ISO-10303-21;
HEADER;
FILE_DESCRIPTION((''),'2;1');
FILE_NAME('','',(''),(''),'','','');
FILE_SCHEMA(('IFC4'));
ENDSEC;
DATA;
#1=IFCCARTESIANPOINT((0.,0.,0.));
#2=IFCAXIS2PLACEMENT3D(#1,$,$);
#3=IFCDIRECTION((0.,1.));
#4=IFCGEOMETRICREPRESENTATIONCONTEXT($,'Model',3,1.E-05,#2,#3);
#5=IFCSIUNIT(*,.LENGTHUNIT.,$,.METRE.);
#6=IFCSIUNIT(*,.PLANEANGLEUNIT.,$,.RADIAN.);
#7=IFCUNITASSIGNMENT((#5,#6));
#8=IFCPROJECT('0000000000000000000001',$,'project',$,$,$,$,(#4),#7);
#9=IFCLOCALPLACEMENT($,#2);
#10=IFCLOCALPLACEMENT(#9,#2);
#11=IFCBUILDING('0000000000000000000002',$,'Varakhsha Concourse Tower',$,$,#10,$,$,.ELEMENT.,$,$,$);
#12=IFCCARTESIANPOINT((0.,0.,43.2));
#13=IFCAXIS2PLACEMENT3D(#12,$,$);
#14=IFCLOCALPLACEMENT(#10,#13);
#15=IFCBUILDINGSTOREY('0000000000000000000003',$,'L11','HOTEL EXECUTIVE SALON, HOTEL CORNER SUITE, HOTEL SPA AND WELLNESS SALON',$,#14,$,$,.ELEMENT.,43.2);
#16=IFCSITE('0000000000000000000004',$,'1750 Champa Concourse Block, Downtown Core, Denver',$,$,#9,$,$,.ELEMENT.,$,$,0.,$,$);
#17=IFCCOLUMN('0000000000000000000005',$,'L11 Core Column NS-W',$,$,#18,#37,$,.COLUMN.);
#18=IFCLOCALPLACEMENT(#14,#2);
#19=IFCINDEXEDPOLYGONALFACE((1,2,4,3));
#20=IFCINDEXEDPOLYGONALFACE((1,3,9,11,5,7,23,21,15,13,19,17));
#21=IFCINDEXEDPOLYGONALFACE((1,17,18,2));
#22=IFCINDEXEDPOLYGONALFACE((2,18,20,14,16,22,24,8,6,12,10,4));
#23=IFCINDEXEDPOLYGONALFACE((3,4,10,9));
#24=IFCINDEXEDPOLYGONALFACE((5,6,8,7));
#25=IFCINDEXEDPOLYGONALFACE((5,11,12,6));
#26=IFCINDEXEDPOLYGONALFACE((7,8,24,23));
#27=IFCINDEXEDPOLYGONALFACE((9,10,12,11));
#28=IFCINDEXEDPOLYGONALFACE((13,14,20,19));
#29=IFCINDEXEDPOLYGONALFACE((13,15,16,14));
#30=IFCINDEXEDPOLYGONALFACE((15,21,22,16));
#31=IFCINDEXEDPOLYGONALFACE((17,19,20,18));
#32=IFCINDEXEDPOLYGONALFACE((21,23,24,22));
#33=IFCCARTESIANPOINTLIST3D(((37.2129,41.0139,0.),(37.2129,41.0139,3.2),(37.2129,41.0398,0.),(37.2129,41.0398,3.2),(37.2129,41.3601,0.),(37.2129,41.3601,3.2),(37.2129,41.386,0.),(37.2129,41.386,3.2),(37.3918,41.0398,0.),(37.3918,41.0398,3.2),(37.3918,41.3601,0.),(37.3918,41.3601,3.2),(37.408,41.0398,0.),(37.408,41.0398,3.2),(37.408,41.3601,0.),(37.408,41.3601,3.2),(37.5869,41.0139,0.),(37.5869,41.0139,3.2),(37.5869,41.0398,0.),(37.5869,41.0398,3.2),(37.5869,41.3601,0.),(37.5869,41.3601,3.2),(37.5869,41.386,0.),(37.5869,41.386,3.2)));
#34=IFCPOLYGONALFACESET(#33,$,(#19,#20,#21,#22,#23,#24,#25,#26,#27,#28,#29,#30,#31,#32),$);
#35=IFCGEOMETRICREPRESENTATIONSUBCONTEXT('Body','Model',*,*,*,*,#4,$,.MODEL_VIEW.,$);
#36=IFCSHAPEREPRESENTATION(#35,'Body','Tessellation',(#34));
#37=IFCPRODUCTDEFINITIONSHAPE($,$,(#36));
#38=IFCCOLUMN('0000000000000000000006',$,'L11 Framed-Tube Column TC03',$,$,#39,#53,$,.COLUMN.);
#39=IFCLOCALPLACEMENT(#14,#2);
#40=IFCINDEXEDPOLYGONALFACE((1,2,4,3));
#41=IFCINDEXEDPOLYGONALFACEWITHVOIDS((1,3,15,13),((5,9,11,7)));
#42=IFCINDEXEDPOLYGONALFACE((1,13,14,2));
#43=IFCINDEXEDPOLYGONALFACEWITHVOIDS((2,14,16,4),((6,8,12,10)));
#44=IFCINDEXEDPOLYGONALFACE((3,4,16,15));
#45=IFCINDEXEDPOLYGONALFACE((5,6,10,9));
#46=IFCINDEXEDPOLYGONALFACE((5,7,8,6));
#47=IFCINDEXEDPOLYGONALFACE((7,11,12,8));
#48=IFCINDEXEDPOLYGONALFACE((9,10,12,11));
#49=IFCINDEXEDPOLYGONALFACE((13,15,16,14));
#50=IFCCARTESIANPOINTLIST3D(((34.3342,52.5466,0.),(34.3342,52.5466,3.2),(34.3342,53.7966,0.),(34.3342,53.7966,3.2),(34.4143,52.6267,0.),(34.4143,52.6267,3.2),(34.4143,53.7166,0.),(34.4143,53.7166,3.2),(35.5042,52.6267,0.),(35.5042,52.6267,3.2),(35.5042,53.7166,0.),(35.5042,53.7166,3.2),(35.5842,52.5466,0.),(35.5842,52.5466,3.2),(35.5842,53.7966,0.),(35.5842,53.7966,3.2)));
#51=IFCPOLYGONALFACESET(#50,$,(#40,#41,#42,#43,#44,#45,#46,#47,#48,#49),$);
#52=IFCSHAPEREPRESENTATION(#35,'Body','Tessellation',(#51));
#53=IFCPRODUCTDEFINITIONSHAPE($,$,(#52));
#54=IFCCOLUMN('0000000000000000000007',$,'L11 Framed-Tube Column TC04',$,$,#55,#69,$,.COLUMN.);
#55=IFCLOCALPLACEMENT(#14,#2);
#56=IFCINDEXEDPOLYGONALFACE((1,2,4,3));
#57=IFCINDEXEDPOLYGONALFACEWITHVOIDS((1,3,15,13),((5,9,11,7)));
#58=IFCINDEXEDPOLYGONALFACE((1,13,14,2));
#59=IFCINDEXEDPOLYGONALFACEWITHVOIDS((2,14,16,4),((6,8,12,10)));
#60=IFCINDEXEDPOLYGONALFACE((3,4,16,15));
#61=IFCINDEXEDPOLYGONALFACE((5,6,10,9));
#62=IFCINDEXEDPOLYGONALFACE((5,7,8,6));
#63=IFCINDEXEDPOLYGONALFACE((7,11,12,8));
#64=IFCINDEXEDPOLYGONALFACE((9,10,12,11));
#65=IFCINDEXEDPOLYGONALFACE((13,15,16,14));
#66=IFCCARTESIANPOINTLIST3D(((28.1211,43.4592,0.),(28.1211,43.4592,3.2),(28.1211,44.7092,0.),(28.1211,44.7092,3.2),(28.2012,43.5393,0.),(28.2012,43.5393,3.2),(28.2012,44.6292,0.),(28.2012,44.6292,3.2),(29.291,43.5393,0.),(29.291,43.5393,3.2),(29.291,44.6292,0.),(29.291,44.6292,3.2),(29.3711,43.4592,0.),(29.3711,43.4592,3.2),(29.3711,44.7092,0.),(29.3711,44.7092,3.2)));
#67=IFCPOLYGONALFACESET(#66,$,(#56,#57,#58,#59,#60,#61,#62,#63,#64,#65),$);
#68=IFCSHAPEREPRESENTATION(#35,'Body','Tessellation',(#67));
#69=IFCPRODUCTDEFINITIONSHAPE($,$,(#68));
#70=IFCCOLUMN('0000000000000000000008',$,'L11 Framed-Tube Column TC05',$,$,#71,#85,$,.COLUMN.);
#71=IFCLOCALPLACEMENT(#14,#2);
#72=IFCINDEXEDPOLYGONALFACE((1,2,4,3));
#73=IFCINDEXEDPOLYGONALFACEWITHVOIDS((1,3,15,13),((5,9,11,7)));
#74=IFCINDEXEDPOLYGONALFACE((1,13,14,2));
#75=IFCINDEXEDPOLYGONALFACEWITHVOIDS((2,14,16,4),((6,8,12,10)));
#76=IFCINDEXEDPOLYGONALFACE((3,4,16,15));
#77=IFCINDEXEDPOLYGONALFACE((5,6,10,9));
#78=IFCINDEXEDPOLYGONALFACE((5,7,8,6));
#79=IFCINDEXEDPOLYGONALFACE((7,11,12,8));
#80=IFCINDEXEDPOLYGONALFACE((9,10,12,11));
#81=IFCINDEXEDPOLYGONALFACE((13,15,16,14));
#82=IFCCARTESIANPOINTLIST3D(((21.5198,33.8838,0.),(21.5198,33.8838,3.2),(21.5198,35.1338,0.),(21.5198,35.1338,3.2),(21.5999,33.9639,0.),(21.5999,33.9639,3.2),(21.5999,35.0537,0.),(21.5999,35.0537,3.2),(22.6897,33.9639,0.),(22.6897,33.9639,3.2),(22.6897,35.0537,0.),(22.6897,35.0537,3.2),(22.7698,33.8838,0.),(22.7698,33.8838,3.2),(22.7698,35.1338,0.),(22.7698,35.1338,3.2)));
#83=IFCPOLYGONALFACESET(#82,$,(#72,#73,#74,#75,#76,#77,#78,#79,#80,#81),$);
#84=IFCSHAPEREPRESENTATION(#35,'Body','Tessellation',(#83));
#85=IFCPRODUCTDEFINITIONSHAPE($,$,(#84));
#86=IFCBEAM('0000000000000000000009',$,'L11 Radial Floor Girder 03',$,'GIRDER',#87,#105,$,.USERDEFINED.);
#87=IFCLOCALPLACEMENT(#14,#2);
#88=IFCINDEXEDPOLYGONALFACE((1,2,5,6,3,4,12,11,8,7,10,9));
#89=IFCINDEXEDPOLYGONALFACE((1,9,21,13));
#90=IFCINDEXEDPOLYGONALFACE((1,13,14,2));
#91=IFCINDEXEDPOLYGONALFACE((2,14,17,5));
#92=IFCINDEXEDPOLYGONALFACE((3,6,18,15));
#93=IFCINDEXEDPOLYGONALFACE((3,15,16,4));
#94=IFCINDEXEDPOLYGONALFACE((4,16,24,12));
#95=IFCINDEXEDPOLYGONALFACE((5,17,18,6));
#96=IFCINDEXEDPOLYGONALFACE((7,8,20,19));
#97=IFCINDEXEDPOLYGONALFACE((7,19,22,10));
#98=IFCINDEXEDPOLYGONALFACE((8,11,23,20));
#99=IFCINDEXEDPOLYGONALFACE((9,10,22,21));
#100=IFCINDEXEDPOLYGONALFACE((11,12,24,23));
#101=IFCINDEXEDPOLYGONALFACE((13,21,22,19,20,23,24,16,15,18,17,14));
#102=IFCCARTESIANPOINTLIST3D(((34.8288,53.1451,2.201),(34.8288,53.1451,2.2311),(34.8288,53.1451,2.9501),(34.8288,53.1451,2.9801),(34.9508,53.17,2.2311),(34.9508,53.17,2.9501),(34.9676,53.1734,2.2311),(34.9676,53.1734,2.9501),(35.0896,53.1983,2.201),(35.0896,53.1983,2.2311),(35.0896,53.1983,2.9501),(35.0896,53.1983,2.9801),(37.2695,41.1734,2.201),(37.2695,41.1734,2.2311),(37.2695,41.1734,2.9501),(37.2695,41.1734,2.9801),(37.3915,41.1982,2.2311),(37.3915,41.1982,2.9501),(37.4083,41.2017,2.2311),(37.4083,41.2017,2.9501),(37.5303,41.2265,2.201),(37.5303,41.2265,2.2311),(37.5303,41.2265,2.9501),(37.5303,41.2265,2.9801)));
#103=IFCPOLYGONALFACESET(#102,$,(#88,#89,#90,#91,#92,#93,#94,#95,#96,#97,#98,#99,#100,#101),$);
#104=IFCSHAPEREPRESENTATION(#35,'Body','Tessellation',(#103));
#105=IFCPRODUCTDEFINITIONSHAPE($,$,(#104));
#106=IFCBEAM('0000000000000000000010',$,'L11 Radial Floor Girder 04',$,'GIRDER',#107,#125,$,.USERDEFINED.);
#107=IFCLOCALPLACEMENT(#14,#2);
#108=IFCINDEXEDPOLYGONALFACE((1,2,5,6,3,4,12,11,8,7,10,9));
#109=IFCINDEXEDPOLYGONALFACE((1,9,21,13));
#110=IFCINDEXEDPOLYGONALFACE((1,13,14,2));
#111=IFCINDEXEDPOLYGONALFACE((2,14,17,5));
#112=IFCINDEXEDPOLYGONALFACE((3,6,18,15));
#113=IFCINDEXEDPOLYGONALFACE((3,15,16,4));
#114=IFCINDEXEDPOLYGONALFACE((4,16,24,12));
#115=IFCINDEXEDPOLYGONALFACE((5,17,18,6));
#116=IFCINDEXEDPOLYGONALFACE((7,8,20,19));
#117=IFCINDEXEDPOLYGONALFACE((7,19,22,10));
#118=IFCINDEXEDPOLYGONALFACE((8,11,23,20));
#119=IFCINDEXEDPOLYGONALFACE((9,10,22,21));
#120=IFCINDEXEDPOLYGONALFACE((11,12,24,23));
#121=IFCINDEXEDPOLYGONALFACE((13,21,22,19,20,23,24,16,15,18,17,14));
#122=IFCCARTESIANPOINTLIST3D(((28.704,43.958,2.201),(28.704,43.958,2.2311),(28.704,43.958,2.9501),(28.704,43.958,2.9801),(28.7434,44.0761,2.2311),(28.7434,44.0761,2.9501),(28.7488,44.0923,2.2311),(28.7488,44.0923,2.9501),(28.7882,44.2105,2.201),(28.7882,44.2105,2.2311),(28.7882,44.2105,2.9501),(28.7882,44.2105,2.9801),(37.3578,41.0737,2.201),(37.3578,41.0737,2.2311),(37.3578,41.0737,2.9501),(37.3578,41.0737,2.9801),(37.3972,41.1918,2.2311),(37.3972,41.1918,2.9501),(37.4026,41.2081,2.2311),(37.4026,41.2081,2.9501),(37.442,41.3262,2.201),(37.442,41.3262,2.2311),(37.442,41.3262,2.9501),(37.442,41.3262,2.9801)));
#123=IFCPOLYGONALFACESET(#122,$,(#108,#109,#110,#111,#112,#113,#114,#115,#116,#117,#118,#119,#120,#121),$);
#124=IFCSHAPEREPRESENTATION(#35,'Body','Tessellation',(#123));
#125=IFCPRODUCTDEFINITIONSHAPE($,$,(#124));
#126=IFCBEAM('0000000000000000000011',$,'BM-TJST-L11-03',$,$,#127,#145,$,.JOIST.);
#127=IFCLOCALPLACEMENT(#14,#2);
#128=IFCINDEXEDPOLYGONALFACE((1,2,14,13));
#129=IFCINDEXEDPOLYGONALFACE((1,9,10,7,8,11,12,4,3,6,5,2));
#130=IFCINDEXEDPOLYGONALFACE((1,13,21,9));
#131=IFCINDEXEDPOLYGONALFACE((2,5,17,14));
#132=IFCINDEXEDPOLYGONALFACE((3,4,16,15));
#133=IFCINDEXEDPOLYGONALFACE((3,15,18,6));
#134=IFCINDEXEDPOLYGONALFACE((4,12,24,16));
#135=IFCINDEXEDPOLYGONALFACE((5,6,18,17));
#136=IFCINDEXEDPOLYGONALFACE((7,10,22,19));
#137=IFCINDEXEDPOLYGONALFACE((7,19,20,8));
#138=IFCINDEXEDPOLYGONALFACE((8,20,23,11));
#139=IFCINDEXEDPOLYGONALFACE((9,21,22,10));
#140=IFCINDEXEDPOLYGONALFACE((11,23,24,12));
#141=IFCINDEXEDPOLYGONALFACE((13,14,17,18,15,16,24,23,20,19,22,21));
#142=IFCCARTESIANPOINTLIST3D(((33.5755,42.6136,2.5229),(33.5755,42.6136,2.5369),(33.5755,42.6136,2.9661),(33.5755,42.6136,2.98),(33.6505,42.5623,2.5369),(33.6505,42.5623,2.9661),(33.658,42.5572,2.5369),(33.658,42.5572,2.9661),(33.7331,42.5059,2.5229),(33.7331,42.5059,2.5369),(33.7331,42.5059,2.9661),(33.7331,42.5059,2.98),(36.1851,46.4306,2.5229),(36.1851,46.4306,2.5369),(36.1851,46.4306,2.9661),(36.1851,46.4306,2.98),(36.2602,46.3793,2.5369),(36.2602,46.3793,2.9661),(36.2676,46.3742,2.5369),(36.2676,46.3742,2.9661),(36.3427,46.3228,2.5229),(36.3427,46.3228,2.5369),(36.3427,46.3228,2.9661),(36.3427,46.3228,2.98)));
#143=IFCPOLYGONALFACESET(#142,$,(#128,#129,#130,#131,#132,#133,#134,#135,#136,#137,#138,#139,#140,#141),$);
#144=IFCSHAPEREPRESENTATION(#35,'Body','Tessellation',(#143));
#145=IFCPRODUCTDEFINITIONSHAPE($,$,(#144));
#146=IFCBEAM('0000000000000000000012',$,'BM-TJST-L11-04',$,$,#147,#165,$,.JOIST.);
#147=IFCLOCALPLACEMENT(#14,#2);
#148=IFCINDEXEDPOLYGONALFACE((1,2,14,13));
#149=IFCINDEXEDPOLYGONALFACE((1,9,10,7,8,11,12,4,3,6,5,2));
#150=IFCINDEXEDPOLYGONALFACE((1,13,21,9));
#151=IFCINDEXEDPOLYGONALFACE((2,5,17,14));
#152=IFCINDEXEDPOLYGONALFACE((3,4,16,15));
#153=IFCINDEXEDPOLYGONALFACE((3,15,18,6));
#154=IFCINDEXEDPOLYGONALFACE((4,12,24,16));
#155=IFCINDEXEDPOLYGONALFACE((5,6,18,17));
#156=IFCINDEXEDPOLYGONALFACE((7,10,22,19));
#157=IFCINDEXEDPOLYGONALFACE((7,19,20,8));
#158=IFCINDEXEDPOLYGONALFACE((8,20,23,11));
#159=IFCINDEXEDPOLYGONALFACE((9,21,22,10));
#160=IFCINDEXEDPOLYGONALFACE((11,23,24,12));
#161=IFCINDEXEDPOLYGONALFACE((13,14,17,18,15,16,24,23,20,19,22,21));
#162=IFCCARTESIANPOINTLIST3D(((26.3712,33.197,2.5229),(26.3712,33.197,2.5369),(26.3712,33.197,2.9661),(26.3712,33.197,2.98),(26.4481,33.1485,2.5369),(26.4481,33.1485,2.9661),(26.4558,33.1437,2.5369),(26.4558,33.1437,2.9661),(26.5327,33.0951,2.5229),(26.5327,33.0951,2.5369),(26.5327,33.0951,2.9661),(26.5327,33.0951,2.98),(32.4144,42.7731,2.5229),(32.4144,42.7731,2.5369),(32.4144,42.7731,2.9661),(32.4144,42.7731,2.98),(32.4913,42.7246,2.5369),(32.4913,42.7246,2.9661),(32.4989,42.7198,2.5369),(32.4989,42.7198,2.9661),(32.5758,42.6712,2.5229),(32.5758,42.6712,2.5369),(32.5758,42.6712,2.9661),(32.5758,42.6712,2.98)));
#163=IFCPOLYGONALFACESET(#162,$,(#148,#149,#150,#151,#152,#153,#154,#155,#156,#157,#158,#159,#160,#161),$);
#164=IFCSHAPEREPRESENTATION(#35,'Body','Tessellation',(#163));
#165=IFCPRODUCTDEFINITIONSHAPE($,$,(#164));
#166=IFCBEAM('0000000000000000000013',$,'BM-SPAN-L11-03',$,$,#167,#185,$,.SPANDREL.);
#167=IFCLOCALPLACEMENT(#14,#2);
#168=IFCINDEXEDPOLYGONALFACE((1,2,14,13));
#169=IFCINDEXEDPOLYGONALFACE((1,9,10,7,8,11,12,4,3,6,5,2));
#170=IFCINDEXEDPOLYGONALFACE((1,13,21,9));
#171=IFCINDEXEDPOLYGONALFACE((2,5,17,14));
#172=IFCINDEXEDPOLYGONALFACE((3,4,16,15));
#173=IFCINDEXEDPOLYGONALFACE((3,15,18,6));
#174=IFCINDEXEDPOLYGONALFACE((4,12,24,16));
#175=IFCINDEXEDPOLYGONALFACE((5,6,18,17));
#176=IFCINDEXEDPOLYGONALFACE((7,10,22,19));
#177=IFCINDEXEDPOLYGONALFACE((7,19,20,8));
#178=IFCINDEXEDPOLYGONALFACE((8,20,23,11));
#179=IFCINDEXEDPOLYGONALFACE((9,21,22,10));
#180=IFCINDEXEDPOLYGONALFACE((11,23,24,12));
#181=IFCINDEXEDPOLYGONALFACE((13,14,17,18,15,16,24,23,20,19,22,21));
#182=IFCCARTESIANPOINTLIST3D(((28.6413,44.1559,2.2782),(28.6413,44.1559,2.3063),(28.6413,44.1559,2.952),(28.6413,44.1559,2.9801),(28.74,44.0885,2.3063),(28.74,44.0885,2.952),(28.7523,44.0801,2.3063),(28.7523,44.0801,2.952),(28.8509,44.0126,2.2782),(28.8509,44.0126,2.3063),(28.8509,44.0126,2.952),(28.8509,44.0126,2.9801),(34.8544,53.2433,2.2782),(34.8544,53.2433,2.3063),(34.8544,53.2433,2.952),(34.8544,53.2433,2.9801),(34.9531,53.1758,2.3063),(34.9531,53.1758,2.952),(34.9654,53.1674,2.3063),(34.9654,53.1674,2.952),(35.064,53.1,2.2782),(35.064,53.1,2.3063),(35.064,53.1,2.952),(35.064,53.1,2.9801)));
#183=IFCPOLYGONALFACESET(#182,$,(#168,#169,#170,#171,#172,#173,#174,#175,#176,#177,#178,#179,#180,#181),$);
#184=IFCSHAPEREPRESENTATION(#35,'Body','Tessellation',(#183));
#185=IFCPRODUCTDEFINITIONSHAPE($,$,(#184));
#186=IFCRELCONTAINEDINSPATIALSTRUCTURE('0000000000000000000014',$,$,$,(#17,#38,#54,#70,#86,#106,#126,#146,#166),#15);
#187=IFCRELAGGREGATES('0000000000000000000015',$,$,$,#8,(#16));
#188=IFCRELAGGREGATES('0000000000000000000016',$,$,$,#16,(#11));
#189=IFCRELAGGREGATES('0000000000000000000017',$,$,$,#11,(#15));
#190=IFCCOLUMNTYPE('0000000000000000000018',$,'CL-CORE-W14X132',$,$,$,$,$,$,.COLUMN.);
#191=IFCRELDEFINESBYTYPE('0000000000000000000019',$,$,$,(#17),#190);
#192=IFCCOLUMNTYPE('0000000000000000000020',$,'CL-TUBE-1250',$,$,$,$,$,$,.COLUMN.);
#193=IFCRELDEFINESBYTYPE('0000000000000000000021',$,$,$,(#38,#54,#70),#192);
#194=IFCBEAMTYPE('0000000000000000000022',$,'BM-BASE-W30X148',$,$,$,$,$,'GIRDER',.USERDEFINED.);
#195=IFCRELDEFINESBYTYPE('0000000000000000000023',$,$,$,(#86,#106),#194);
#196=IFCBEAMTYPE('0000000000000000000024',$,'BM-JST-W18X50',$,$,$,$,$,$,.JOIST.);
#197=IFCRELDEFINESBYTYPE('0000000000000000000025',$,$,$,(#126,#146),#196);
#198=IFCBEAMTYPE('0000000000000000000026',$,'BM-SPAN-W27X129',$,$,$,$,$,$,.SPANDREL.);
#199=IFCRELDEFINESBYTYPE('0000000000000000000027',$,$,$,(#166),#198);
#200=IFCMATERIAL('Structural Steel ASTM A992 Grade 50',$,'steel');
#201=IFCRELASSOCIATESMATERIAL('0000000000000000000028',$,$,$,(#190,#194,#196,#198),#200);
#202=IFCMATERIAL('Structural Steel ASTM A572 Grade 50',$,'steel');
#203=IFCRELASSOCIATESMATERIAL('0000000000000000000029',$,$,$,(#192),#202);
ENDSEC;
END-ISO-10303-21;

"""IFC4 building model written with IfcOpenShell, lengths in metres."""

from ifc_helpers import new_model, si_unit, direction, frame, origin, origin_2d, place, context, subcontext, project, spatial, hollow_rectangle, i_section, extrude, material, material_profile, profile_set, type_object, element, save


model = new_model("IFC4")

# Units and contexts
model_context = context("Model", 3, precision=1e-05, world=origin(), true_north=direction((0.0, 1.0)))
body_context = subcontext(model_context, "Body", "Model", "MODEL_VIEW")
ifc_project = project(units=[si_unit("LENGTHUNIT", "METRE"), si_unit("PLANEANGLEUNIT", "RADIAN")], contexts=[model_context])

# Site, building, storey
site_placement = place(None, origin())
site = spatial("IfcSite", under=ifc_project, at=site_placement, Name="1750 Champa Concourse Block, Downtown Core, Denver", CompositionType="ELEMENT", RefElevation=0.0)
building_placement = place(site_placement, origin())
building = spatial("IfcBuilding", under=site, at=building_placement, Name="Varakhsha Concourse Tower", CompositionType="ELEMENT")
storey_placement = place(building_placement, frame((0.0, 0.0, 43.2)))
storey = spatial("IfcBuildingStorey", under=building, at=storey_placement, Name="L11", Description="HOTEL EXECUTIVE SALON, HOTEL CORNER SUITE, HOTEL SPA AND WELLNESS SALON", CompositionType="ELEMENT", Elevation=43.2)

# Columns
ifc_material_1 = material(Name="Structural Steel ASTM A992 Grade 50", Category="steel")
ifc_material_profile_1 = material_profile(ifc_material_1, i_section(OverallWidth=0.374, OverallDepth=0.3721, WebThickness=0.0161, FlangeThickness=0.0259, at=origin_2d()), Name="W14X132")
ifc_profile_set_1 = profile_set([ifc_material_profile_1], Name="Structural Steel ASTM A992 Grade 50")
column_type_1 = type_object("IfcColumnType", Name="CL-CORE-W14X132", PredefinedType="COLUMN", material=ifc_profile_set_1)
column_placement = place(storey_placement, frame((37.3999, 41.2, 0.0), z_axis=(0.0, 0.0, 1.0), x_axis=(1.0, 0.0, 0.0)))
element("IfcColumn", 1, at=column_placement, inside=storey, type_object=column_type_1, Name="L11 Core Column NS-W", PredefinedType="COLUMN", context=body_context, shape_type="SweptSolid", body=[
    extrude(i_section(OverallWidth=0.374, OverallDepth=0.3721, WebThickness=0.0161, FlangeThickness=0.0259, at=origin_2d()), origin(), (0.0, 0.0, 1.0), 3.2),
])
ifc_material_2 = material(Name="Structural Steel ASTM A572 Grade 50", Category="steel")
ifc_material_profile_2 = material_profile(ifc_material_2, hollow_rectangle(XDim=1.25, YDim=1.25, WallThickness=0.0801, at=origin_2d()), Name="BOX 1250x1250x80")
ifc_profile_set_2 = profile_set([ifc_material_profile_2], Name="Structural Steel ASTM A572 Grade 50")
column_type_2 = type_object("IfcColumnType", Name="CL-TUBE-1250", PredefinedType="COLUMN", material=ifc_profile_set_2)
for number, where, z_axis, x_axis, name in (
    (2, (34.9592, 53.1716, 0.0), (0.0, 0.0, 1.0), (1.0, 0.0, 0.0), "L11 Framed-Tube Column TC03"),
    (3, (28.7461, 44.0842, 0.0), (0.0, 0.0, 1.0), (1.0, 0.0, 0.0), "L11 Framed-Tube Column TC04"),
    (4, (22.1448, 34.5088, 0.0), (0.0, 0.0, 1.0), (1.0, 0.0, 0.0), "L11 Framed-Tube Column TC05"),
):
    element("IfcColumn", number, at=place(storey_placement, frame(where, z_axis=z_axis, x_axis=x_axis)), inside=storey, type_object=column_type_2, Name=name, PredefinedType="COLUMN", context=body_context, shape_type="SweptSolid", body=[
        extrude(hollow_rectangle(XDim=1.25, YDim=1.25, WallThickness=0.0801, at=origin_2d()), origin(), (0.0, 0.0, 1.0), 3.2),
    ])

# Beams
ifc_material_profile_3 = material_profile(ifc_material_1, i_section(OverallWidth=0.2661, OverallDepth=0.7791, WebThickness=0.0171, FlangeThickness=0.03, at=origin_2d()), Name="W30X148")
ifc_profile_set_3 = profile_set([ifc_material_profile_3], Name="Structural Steel ASTM A992 Grade 50")
beam_type_1 = type_object("IfcBeamType", Name="BM-BASE-W30X148", ElementType="GIRDER", PredefinedType="USERDEFINED", material=ifc_profile_set_3)
beam_1_placement = place(storey_placement, frame((37.3999, 41.2, 2.5906), z_axis=(-0.199762, 0.979845, 0.0), x_axis=(-0.979845, -0.199762, 0.0)))
element("IfcBeam", 5, at=beam_1_placement, inside=storey, type_object=beam_type_1, Name="L11 Radial Floor Girder 03", ObjectType="GIRDER", PredefinedType="USERDEFINED", context=body_context, shape_type="SweptSolid", body=[
    extrude(i_section(OverallWidth=0.2661, OverallDepth=0.7791, WebThickness=0.0171, FlangeThickness=0.03, at=origin_2d()), origin(), (0.0, 0.0, 1.0), 12.218),
])
beam_2_placement = place(storey_placement, frame((37.3999, 41.2, 2.5906), z_axis=(-0.948694, 0.316196, 0.0), x_axis=(-0.316196, -0.948694, 0.0)))
element("IfcBeam", 6, at=beam_2_placement, inside=storey, type_object=beam_type_1, Name="L11 Radial Floor Girder 04", ObjectType="GIRDER", PredefinedType="USERDEFINED", context=body_context, shape_type="SweptSolid", body=[
    extrude(i_section(OverallWidth=0.2661, OverallDepth=0.7791, WebThickness=0.0171, FlangeThickness=0.03, at=origin_2d()), origin(), (0.0, 0.0, 1.0), 9.1218),
])
ifc_material_profile_4 = material_profile(ifc_material_1, i_section(OverallWidth=0.1909, OverallDepth=0.457, WebThickness=0.009, FlangeThickness=0.0139, at=origin_2d()), Name="W18X50")
ifc_profile_set_4 = profile_set([ifc_material_profile_4], Name="Structural Steel ASTM A992 Grade 50")
beam_type_2 = type_object("IfcBeamType", Name="BM-JST-W18X50", PredefinedType="JOIST", material=ifc_profile_set_4)
beam_3_placement = place(storey_placement, frame((36.2639, 46.3767, 2.7515), z_axis=(-0.564398, -0.825503, 0.0), x_axis=(0.825503, -0.564398, 0.0)))
element("IfcBeam", 7, at=beam_3_placement, inside=storey, type_object=beam_type_2, Name="BM-TJST-L11-03", PredefinedType="JOIST", context=body_context, shape_type="SweptSolid", body=[
    extrude(i_section(OverallWidth=0.1909, OverallDepth=0.457, WebThickness=0.009, FlangeThickness=0.0139, at=origin_2d()), origin(), (0.0, 0.0, 1.0), 4.6238),
])
beam_4_placement = place(storey_placement, frame((32.4951, 42.7222, 2.7515), z_axis=(-0.533684, -0.845684, 0.0), x_axis=(0.845684, -0.533684, 0.0)))
element("IfcBeam", 8, at=beam_4_placement, inside=storey, type_object=beam_type_2, Name="BM-TJST-L11-04", PredefinedType="JOIST", context=body_context, shape_type="SweptSolid", body=[
    extrude(i_section(OverallWidth=0.1909, OverallDepth=0.457, WebThickness=0.009, FlangeThickness=0.0139, at=origin_2d()), origin(), (0.0, 0.0, 1.0), 11.3235),
])
ifc_material_profile_5 = material_profile(ifc_material_1, i_section(OverallWidth=0.2539, OverallDepth=0.7019, WebThickness=0.0149, FlangeThickness=0.0281, at=origin_2d()), Name="W27X129")
ifc_profile_set_5 = profile_set([ifc_material_profile_5], Name="Structural Steel ASTM A992 Grade 50")
beam_type_3 = type_object("IfcBeamType", Name="BM-SPAN-W27X129", PredefinedType="SPANDREL", material=ifc_profile_set_5)
beam_5_placement = place(storey_placement, frame((34.9592, 53.1716, 2.6292), z_axis=(-0.564402, -0.8255, 0.0), x_axis=(0.8255, -0.564402, 0.0)))
element("IfcBeam", 9, at=beam_5_placement, inside=storey, type_object=beam_type_3, Name="BM-SPAN-L11-03", PredefinedType="SPANDREL", context=body_context, shape_type="SweptSolid", body=[
    extrude(i_section(OverallWidth=0.2539, OverallDepth=0.7019, WebThickness=0.0149, FlangeThickness=0.0281, at=origin_2d()), origin(), (0.0, 0.0, 1.0), 11.0083),
])

save(model, "model.ifc")
